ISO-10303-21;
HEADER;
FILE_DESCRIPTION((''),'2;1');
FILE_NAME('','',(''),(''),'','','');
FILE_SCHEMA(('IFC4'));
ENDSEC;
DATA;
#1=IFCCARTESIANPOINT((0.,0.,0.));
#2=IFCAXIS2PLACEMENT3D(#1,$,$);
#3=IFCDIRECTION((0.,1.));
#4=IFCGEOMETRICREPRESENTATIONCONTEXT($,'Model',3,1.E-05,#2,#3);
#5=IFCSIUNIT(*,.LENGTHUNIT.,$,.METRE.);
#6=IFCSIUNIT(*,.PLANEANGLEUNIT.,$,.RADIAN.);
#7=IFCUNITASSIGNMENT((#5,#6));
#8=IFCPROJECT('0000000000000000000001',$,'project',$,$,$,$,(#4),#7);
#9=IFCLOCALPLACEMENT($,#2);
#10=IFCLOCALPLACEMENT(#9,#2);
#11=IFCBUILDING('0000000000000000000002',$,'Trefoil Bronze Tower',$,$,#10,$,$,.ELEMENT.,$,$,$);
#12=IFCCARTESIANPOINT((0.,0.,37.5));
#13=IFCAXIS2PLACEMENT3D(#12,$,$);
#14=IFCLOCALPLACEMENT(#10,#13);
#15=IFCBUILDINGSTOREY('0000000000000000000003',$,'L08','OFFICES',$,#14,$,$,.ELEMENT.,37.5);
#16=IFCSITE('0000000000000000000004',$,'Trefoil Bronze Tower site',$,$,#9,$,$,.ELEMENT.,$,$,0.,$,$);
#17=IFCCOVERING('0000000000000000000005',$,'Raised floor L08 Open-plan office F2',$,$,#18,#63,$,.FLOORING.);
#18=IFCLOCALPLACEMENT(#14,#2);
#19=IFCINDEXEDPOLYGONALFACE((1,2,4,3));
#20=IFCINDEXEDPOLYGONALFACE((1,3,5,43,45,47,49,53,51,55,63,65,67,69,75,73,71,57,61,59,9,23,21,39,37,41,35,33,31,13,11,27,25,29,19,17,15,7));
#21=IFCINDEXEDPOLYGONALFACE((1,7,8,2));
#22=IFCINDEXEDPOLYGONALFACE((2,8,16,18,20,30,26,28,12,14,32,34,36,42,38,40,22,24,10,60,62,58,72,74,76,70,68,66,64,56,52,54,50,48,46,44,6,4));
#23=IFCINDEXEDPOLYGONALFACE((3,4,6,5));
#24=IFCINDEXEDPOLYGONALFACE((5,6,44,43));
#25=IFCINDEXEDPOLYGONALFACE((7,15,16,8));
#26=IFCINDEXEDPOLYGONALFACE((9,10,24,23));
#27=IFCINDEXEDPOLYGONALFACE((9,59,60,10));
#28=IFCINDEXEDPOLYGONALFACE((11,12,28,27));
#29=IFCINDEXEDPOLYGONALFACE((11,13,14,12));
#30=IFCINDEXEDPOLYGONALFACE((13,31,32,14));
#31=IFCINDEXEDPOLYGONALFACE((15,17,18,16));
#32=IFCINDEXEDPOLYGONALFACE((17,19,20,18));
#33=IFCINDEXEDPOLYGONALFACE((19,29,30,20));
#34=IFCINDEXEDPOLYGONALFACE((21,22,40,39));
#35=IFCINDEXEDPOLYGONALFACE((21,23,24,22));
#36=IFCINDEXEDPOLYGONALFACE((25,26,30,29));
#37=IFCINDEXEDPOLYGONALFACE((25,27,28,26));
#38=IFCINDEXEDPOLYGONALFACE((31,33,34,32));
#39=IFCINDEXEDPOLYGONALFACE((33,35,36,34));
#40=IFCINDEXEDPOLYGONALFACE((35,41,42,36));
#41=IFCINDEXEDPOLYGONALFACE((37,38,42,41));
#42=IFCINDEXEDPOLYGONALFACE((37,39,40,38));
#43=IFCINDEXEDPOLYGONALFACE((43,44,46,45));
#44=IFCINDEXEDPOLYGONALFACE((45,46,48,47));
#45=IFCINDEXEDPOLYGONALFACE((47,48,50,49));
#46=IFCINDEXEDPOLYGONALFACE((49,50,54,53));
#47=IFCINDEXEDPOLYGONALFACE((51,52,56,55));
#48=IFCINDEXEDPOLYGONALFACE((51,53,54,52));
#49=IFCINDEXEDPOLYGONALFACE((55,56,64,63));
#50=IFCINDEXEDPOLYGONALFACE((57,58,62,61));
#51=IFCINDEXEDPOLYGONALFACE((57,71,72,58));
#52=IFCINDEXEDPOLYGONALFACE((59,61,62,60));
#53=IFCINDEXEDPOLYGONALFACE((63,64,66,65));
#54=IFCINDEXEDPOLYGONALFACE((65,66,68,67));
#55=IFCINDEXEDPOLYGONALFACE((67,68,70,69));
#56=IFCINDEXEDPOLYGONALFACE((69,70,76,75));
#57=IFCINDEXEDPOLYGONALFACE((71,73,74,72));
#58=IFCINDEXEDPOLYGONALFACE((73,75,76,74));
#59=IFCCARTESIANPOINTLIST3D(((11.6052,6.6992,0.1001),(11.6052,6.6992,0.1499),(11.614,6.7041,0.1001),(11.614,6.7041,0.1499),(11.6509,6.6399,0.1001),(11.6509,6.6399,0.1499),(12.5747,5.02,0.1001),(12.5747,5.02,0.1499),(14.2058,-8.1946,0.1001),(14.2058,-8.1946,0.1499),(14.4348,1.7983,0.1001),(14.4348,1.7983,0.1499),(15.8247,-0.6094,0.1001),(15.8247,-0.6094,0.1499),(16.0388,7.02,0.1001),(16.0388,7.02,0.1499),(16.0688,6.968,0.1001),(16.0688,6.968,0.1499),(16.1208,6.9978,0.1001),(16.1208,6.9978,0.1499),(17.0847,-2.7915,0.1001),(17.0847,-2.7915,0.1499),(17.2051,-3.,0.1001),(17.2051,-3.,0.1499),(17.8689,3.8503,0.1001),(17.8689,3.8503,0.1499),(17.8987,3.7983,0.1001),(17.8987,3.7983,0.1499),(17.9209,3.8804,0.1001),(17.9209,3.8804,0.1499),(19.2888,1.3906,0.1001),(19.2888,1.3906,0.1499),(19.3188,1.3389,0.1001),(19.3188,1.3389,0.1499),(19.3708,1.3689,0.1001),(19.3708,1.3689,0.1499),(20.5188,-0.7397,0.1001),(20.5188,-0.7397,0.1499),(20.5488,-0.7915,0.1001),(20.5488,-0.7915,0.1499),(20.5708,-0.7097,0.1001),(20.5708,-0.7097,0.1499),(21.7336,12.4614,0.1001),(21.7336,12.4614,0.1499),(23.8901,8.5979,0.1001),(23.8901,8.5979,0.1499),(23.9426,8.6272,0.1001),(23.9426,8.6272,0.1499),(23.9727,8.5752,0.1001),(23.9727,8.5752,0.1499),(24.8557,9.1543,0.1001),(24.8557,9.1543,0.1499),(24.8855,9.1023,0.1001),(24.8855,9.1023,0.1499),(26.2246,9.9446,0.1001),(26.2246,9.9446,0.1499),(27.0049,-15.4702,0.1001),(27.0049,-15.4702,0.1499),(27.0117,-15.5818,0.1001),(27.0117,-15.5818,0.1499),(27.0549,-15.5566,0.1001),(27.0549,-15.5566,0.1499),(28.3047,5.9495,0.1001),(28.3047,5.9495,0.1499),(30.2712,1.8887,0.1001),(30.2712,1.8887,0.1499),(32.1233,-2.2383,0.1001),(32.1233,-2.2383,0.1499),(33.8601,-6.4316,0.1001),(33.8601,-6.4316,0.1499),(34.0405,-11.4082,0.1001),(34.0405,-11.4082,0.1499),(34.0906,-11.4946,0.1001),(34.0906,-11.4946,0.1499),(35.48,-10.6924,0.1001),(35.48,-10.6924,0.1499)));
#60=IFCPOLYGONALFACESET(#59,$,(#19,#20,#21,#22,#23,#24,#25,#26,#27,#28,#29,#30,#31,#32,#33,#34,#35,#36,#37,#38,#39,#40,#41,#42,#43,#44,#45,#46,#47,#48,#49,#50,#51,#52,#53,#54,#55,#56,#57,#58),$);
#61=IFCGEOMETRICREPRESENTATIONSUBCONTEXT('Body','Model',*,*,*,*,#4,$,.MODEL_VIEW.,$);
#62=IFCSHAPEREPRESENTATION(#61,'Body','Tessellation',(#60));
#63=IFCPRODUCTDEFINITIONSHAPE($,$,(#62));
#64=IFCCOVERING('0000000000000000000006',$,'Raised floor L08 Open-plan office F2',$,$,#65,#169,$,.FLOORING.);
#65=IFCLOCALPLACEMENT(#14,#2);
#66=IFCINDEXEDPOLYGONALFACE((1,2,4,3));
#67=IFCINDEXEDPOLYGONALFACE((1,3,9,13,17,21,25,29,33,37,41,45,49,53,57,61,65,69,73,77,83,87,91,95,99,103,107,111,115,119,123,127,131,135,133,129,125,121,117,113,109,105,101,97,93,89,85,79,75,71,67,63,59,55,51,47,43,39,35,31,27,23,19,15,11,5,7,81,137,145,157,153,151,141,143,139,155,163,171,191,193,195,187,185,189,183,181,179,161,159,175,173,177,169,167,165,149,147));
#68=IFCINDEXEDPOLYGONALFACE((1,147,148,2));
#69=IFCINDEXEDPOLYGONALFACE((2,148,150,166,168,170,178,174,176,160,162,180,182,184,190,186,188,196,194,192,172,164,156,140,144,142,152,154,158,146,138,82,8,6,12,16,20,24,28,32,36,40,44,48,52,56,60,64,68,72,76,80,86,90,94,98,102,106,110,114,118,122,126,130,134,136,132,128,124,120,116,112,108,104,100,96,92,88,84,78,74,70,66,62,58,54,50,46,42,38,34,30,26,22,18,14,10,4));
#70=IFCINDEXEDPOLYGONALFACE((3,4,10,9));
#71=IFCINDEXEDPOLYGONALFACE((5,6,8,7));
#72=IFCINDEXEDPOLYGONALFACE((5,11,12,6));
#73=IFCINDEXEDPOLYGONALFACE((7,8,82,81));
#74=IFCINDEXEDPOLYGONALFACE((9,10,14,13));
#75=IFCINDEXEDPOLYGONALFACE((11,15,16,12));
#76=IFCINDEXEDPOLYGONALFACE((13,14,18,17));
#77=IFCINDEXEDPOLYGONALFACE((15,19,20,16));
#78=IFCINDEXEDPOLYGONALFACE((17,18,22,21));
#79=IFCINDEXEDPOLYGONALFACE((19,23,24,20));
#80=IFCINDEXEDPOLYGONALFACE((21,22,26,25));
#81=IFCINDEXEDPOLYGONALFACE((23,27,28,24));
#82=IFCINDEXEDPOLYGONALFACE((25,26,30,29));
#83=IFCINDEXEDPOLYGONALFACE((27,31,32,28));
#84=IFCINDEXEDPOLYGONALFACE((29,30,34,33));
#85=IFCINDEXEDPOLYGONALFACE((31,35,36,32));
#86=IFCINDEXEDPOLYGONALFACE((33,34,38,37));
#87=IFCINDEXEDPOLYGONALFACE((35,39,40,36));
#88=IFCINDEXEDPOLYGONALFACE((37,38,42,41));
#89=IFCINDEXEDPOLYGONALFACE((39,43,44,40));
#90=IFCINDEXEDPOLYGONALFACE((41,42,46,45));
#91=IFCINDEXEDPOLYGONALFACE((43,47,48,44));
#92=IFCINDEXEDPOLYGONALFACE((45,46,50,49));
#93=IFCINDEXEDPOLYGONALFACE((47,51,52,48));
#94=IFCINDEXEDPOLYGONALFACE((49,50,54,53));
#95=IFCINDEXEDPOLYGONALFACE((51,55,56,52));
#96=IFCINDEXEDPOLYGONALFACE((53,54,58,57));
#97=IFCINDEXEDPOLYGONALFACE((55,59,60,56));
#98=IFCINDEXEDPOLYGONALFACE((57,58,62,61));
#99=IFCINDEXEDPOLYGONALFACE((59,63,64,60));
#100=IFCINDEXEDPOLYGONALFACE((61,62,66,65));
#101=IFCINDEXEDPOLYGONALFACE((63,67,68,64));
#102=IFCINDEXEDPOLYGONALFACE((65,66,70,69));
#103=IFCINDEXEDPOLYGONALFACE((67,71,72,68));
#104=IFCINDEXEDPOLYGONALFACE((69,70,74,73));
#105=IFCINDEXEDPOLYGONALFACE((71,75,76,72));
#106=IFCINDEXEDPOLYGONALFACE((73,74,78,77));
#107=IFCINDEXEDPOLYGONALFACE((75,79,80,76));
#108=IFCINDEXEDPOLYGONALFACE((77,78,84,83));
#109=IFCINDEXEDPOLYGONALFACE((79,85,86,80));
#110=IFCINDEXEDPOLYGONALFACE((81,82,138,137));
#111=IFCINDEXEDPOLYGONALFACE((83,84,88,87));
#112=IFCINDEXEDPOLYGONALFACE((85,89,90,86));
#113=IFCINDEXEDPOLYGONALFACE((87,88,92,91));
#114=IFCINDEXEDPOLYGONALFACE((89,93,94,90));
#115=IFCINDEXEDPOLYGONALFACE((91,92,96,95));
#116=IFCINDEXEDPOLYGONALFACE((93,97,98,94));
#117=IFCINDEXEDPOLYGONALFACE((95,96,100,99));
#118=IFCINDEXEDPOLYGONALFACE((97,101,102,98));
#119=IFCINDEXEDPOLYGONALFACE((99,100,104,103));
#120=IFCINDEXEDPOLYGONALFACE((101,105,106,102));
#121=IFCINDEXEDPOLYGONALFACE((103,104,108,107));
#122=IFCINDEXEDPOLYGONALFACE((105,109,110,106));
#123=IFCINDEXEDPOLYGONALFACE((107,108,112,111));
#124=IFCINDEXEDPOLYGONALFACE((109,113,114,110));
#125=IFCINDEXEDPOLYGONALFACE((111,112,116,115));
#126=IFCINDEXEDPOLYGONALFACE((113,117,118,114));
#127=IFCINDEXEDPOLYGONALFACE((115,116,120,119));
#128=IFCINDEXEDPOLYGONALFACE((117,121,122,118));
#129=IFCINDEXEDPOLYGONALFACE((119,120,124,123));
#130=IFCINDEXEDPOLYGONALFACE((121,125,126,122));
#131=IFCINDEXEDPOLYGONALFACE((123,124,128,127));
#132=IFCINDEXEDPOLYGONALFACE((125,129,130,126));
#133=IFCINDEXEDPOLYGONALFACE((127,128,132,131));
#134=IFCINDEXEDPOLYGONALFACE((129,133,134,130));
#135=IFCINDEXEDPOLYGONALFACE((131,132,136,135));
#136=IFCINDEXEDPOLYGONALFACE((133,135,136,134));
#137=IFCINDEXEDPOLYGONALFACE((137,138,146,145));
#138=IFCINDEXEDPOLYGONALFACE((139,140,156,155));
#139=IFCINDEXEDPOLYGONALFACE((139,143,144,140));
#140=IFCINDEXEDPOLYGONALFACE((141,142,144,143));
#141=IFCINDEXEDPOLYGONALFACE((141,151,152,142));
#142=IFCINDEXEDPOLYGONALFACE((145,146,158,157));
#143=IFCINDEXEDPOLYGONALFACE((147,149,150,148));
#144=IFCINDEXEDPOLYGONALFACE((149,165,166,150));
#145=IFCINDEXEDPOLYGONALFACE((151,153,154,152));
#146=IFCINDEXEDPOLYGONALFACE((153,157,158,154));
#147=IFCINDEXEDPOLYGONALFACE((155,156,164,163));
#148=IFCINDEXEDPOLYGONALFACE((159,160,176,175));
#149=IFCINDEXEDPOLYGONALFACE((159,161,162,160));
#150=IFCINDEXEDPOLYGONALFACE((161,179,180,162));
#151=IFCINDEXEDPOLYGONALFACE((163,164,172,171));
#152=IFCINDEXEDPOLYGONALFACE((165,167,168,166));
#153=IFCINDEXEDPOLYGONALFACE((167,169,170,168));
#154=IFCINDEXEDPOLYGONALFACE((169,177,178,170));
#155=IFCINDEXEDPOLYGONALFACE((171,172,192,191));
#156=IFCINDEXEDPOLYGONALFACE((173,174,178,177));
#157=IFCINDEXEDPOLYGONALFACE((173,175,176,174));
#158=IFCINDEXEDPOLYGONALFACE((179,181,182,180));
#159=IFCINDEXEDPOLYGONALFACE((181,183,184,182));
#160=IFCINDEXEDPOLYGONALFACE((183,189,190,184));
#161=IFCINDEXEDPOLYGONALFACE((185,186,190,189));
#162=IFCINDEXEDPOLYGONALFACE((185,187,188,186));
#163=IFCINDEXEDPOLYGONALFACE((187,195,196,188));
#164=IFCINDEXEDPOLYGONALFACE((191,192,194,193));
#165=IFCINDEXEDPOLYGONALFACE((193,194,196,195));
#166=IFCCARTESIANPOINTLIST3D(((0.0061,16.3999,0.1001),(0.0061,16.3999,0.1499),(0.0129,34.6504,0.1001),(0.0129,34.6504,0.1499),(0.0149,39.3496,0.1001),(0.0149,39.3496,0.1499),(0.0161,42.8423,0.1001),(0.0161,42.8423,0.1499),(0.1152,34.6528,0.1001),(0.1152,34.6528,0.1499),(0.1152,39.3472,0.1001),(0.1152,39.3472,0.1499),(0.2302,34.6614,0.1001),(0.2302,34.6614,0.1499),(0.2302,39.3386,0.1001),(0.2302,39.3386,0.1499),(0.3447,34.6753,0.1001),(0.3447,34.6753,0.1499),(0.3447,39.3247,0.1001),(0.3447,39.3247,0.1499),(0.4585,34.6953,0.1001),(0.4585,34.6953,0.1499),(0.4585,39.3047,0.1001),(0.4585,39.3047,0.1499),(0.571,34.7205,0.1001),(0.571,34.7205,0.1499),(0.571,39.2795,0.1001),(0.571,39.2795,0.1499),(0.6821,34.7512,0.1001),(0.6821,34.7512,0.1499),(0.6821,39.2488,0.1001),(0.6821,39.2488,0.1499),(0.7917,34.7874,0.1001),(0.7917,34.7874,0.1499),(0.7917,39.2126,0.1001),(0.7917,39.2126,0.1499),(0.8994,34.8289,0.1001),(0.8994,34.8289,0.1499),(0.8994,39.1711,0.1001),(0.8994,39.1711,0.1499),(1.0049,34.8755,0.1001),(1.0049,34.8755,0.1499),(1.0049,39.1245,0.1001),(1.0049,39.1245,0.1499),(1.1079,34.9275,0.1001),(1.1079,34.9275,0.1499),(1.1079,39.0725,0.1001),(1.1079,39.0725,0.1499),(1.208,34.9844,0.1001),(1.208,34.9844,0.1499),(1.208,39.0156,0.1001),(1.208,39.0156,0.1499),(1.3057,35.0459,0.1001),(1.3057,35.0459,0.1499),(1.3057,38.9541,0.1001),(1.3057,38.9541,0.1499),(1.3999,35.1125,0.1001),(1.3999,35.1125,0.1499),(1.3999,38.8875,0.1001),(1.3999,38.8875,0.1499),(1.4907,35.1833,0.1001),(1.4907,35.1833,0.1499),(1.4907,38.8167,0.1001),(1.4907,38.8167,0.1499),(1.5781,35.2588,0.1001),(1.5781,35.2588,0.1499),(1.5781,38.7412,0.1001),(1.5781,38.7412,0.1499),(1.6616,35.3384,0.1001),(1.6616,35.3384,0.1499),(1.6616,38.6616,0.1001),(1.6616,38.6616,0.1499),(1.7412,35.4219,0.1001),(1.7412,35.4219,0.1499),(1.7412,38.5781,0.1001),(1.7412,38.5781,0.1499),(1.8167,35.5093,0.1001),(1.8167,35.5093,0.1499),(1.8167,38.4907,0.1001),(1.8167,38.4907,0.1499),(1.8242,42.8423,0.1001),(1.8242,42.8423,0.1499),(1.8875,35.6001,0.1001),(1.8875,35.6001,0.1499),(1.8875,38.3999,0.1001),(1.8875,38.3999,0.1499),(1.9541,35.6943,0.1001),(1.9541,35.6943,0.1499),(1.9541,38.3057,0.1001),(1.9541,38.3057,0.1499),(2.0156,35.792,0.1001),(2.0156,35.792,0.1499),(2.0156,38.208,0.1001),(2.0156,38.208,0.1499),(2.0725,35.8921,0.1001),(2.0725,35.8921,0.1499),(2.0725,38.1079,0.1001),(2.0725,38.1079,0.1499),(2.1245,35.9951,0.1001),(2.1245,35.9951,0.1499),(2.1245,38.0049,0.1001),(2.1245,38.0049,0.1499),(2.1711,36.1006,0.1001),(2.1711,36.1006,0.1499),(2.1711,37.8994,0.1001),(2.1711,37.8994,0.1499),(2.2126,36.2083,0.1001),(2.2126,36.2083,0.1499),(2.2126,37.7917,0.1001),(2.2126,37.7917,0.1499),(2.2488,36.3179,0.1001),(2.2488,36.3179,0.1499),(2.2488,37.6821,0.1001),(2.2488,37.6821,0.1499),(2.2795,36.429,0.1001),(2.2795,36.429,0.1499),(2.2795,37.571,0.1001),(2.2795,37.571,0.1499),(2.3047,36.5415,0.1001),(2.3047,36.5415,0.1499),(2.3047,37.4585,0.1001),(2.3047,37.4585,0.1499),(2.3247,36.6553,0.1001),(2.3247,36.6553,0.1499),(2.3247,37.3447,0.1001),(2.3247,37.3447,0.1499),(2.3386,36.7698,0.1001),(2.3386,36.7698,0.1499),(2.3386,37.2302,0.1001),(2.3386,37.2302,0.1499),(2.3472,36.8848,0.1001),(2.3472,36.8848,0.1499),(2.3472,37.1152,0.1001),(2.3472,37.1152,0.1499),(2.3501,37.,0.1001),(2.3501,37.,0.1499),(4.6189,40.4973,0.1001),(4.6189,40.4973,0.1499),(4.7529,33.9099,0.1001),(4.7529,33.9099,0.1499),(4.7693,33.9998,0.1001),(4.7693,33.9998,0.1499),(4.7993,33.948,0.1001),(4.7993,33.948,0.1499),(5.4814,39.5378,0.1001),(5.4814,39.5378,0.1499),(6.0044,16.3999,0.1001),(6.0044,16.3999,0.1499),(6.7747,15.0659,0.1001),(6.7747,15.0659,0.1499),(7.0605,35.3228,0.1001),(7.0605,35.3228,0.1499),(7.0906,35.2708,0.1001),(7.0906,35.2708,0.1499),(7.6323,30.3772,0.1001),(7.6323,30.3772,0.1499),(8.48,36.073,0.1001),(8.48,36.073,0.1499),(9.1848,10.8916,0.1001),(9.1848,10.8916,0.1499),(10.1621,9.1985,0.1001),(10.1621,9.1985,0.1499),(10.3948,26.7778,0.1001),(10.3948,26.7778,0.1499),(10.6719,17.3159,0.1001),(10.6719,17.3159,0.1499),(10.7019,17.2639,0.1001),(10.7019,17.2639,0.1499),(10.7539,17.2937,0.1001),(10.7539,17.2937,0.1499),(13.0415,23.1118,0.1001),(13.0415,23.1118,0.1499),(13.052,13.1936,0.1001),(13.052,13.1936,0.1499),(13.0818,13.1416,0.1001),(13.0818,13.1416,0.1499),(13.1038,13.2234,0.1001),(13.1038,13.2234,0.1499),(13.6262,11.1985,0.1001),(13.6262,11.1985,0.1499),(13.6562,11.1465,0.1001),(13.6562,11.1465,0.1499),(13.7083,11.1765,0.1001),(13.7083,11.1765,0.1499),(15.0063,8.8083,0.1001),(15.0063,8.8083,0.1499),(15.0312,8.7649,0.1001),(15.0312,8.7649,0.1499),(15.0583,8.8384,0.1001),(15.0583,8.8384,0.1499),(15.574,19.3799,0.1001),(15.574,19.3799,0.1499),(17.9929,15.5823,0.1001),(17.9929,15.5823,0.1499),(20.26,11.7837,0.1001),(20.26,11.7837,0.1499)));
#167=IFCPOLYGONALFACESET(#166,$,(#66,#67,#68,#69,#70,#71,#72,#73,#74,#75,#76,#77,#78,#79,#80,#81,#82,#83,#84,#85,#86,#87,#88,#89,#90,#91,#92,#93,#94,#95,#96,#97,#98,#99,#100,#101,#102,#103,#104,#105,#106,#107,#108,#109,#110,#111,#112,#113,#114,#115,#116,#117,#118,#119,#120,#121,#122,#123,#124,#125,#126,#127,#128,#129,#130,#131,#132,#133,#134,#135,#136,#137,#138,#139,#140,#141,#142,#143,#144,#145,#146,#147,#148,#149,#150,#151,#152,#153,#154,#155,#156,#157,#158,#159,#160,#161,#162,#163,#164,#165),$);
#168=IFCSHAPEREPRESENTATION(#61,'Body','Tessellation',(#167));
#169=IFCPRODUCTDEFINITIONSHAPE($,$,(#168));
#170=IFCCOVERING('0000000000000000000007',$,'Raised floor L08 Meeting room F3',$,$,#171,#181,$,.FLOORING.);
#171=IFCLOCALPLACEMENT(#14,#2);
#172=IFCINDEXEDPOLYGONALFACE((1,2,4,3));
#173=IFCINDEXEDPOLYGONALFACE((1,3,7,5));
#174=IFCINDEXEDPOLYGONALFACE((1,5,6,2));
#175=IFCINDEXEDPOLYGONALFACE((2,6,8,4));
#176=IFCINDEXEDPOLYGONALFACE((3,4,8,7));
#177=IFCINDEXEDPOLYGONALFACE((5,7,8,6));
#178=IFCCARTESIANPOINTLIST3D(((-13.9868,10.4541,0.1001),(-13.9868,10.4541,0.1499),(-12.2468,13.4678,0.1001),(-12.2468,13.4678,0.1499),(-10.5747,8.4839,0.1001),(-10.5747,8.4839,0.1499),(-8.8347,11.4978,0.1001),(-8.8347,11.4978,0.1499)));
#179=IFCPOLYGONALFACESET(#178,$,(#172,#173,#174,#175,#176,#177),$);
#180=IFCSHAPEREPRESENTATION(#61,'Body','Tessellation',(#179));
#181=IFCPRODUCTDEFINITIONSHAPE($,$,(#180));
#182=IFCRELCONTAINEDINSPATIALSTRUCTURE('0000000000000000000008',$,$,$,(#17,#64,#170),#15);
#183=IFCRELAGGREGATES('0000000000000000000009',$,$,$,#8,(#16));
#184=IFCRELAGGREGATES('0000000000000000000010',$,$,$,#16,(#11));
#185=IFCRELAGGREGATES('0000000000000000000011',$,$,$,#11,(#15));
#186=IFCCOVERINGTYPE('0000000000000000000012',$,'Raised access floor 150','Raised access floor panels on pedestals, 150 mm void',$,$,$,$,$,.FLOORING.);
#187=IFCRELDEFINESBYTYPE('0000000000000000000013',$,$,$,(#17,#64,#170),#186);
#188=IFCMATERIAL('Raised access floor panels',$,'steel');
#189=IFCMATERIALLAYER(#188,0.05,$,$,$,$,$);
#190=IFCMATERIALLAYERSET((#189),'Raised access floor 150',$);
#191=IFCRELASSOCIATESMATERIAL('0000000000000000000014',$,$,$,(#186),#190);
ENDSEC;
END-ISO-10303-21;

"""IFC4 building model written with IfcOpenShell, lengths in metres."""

from ifc_helpers import new_model, si_unit, direction, frame, origin, place, context, subcontext, project, spatial, polyline, outline, extrude, material, layer, layer_set, type_object, element, save


model = new_model("IFC4")

# Units and contexts
model_context = context("Model", 3, precision=1e-05, world=origin(), true_north=direction((0.0, 1.0)))
body_context = subcontext(model_context, "Body", "Model", "MODEL_VIEW")
ifc_project = project(units=[si_unit("LENGTHUNIT", "METRE"), si_unit("PLANEANGLEUNIT", "RADIAN")], contexts=[model_context])

# Site, building, storey
site_placement = place(None, origin())
site = spatial("IfcSite", under=ifc_project, at=site_placement, Name="Trefoil Bronze Tower site", CompositionType="ELEMENT", RefElevation=0.0)
building_placement = place(site_placement, origin())
building = spatial("IfcBuilding", under=site, at=building_placement, Name="Trefoil Bronze Tower", CompositionType="ELEMENT")
storey_placement = place(building_placement, frame((0.0, 0.0, 37.5)))
storey = spatial("IfcBuildingStorey", under=building, at=storey_placement, Name="L08", Description="OFFICES", CompositionType="ELEMENT", Elevation=37.5)

# Coverings
ifc_material_1 = material(Name="Raised access floor panels", Category="steel")
ifc_layer_1 = layer(ifc_material_1, 0.05)
ifc_layer_set_1 = layer_set([ifc_layer_1], Name="Raised access floor 150")
covering_type_1 = type_object("IfcCoveringType", Name="Raised access floor 150", Description="Raised access floor panels on pedestals, 150 mm void", PredefinedType="FLOORING", material=ifc_layer_set_1)
covering_1_placement = place(storey_placement, frame((0.0, 0.0, 0.1001)))
element("IfcCovering", 1, at=covering_1_placement, inside=storey, type_object=covering_type_1, Name="Raised floor L08 Open-plan office F2", PredefinedType="FLOORING", context=body_context, shape_type="SweptSolid", body=[
    extrude(outline(polyline([(27.0117, -15.5818), (14.2058, -8.1946), (17.2051, -3.0), (17.0847, -2.7915), (20.5488, -0.7915), (20.5188, -0.7397), (20.5708, -0.7097), (19.3708, 1.3689), (19.3188, 1.3389), (19.2888, 1.3906), (15.8247, -0.6094), (14.4348, 1.7983), (17.8987, 3.7983), (17.8689, 3.8503), (17.9209, 3.8804), (16.1208, 6.9978), (16.0688, 6.968), (16.0388, 7.02), (12.5747, 5.02), (11.6052, 6.6992), (11.614, 6.7041), (11.6509, 6.6399), (21.7336, 12.4614), (23.8901, 8.5979), (23.9426, 8.6272), (23.9727, 8.5752), (24.8855, 9.1023), (24.8557, 9.1543), (26.2246, 9.9446), (28.3047, 5.9495), (30.2712, 1.8887), (32.1233, -2.2383), (33.8601, -6.4316), (35.48, -10.6924), (34.0906, -11.4946), (34.0405, -11.4082), (27.0049, -15.4702), (27.0549, -15.5566), (27.0117, -15.5818)])), origin(), (0.0, 0.0, 1.0), 0.0498),
])
covering_2_placement = place(storey_placement, frame((0.0, 0.0, 0.1001)))
element("IfcCovering", 2, at=covering_2_placement, inside=storey, type_object=covering_type_1, Name="Raised floor L08 Open-plan office F2", PredefinedType="FLOORING", context=body_context, shape_type="SweptSolid", body=[
    extrude(outline(polyline([(7.0906, 35.2708), (7.0605, 35.3228), (4.7693, 33.9998), (4.7993, 33.948), (4.7529, 33.9099), (7.6323, 30.3772), (10.3948, 26.7778), (13.0415, 23.1118), (15.574, 19.3799), (17.9929, 15.5823), (20.26, 11.7837), (15.0312, 8.7649), (15.0063, 8.8083), (15.0583, 8.8384), (13.7083, 11.1765), (13.6562, 11.1465), (13.6262, 11.1985), (10.1621, 9.1985), (9.1848, 10.8916), (13.0818, 13.1416), (13.052, 13.1936), (13.1038, 13.2234), (10.7539, 17.2937), (10.7019, 17.2639), (10.6719, 17.3159), (6.7747, 15.0659), (6.0044, 16.3999), (0.0061, 16.3999), (0.0129, 34.6504), (0.1152, 34.6528), (0.2302, 34.6614), (0.3447, 34.6753), (0.4585, 34.6953), (0.571, 34.7205), (0.6821, 34.7512), (0.7917, 34.7874), (0.8994, 34.8289), (1.0049, 34.8755), (1.1079, 34.9275), (1.208, 34.9844), (1.3057, 35.0459), (1.3999, 35.1125), (1.4907, 35.1833), (1.5781, 35.2588), (1.6616, 35.3384), (1.7412, 35.4219), (1.8167, 35.5093), (1.8875, 35.6001), (1.9541, 35.6943), (2.0156, 35.792), (2.0725, 35.8921), (2.1245, 35.9951), (2.1711, 36.1006), (2.2126, 36.2083), (2.2488, 36.3179), (2.2795, 36.429), (2.3047, 36.5415), (2.3247, 36.6553), (2.3386, 36.7698), (2.3472, 36.8848), (2.3501, 37.0), (2.3472, 37.1152), (2.3386, 37.2302), (2.3247, 37.3447), (2.3047, 37.4585), (2.2795, 37.571), (2.2488, 37.6821), (2.2126, 37.7917), (2.1711, 37.8994), (2.1245, 38.0049), (2.0725, 38.1079), (2.0156, 38.208), (1.9541, 38.3057), (1.8875, 38.3999), (1.8167, 38.4907), (1.7412, 38.5781), (1.6616, 38.6616), (1.5781, 38.7412), (1.4907, 38.8167), (1.3999, 38.8875), (1.3057, 38.9541), (1.208, 39.0156), (1.1079, 39.0725), (1.0049, 39.1245), (0.8994, 39.1711), (0.7917, 39.2126), (0.6821, 39.2488), (0.571, 39.2795), (0.4585, 39.3047), (0.3447, 39.3247), (0.2302, 39.3386), (0.1152, 39.3472), (0.0149, 39.3496), (0.0161, 42.8423), (1.8242, 42.8423), (4.6189, 40.4973), (5.4814, 39.5378), (8.48, 36.073), (7.0906, 35.2708)])), origin(), (0.0, 0.0, 1.0), 0.0498),
])
covering_3_placement = place(storey_placement, frame((0.0, 0.0, 0.1001)))
element("IfcCovering", 3, at=covering_3_placement, inside=storey, type_object=covering_type_1, Name="Raised floor L08 Meeting room F3", PredefinedType="FLOORING", context=body_context, shape_type="SweptSolid", body=[
    extrude(outline(polyline([(-10.5747, 8.4839), (-13.9868, 10.4541), (-12.2468, 13.4678), (-8.8347, 11.4978), (-10.5747, 8.4839)])), origin(), (0.0, 0.0, 1.0), 0.0498),
])

save(model, "model.ifc")
